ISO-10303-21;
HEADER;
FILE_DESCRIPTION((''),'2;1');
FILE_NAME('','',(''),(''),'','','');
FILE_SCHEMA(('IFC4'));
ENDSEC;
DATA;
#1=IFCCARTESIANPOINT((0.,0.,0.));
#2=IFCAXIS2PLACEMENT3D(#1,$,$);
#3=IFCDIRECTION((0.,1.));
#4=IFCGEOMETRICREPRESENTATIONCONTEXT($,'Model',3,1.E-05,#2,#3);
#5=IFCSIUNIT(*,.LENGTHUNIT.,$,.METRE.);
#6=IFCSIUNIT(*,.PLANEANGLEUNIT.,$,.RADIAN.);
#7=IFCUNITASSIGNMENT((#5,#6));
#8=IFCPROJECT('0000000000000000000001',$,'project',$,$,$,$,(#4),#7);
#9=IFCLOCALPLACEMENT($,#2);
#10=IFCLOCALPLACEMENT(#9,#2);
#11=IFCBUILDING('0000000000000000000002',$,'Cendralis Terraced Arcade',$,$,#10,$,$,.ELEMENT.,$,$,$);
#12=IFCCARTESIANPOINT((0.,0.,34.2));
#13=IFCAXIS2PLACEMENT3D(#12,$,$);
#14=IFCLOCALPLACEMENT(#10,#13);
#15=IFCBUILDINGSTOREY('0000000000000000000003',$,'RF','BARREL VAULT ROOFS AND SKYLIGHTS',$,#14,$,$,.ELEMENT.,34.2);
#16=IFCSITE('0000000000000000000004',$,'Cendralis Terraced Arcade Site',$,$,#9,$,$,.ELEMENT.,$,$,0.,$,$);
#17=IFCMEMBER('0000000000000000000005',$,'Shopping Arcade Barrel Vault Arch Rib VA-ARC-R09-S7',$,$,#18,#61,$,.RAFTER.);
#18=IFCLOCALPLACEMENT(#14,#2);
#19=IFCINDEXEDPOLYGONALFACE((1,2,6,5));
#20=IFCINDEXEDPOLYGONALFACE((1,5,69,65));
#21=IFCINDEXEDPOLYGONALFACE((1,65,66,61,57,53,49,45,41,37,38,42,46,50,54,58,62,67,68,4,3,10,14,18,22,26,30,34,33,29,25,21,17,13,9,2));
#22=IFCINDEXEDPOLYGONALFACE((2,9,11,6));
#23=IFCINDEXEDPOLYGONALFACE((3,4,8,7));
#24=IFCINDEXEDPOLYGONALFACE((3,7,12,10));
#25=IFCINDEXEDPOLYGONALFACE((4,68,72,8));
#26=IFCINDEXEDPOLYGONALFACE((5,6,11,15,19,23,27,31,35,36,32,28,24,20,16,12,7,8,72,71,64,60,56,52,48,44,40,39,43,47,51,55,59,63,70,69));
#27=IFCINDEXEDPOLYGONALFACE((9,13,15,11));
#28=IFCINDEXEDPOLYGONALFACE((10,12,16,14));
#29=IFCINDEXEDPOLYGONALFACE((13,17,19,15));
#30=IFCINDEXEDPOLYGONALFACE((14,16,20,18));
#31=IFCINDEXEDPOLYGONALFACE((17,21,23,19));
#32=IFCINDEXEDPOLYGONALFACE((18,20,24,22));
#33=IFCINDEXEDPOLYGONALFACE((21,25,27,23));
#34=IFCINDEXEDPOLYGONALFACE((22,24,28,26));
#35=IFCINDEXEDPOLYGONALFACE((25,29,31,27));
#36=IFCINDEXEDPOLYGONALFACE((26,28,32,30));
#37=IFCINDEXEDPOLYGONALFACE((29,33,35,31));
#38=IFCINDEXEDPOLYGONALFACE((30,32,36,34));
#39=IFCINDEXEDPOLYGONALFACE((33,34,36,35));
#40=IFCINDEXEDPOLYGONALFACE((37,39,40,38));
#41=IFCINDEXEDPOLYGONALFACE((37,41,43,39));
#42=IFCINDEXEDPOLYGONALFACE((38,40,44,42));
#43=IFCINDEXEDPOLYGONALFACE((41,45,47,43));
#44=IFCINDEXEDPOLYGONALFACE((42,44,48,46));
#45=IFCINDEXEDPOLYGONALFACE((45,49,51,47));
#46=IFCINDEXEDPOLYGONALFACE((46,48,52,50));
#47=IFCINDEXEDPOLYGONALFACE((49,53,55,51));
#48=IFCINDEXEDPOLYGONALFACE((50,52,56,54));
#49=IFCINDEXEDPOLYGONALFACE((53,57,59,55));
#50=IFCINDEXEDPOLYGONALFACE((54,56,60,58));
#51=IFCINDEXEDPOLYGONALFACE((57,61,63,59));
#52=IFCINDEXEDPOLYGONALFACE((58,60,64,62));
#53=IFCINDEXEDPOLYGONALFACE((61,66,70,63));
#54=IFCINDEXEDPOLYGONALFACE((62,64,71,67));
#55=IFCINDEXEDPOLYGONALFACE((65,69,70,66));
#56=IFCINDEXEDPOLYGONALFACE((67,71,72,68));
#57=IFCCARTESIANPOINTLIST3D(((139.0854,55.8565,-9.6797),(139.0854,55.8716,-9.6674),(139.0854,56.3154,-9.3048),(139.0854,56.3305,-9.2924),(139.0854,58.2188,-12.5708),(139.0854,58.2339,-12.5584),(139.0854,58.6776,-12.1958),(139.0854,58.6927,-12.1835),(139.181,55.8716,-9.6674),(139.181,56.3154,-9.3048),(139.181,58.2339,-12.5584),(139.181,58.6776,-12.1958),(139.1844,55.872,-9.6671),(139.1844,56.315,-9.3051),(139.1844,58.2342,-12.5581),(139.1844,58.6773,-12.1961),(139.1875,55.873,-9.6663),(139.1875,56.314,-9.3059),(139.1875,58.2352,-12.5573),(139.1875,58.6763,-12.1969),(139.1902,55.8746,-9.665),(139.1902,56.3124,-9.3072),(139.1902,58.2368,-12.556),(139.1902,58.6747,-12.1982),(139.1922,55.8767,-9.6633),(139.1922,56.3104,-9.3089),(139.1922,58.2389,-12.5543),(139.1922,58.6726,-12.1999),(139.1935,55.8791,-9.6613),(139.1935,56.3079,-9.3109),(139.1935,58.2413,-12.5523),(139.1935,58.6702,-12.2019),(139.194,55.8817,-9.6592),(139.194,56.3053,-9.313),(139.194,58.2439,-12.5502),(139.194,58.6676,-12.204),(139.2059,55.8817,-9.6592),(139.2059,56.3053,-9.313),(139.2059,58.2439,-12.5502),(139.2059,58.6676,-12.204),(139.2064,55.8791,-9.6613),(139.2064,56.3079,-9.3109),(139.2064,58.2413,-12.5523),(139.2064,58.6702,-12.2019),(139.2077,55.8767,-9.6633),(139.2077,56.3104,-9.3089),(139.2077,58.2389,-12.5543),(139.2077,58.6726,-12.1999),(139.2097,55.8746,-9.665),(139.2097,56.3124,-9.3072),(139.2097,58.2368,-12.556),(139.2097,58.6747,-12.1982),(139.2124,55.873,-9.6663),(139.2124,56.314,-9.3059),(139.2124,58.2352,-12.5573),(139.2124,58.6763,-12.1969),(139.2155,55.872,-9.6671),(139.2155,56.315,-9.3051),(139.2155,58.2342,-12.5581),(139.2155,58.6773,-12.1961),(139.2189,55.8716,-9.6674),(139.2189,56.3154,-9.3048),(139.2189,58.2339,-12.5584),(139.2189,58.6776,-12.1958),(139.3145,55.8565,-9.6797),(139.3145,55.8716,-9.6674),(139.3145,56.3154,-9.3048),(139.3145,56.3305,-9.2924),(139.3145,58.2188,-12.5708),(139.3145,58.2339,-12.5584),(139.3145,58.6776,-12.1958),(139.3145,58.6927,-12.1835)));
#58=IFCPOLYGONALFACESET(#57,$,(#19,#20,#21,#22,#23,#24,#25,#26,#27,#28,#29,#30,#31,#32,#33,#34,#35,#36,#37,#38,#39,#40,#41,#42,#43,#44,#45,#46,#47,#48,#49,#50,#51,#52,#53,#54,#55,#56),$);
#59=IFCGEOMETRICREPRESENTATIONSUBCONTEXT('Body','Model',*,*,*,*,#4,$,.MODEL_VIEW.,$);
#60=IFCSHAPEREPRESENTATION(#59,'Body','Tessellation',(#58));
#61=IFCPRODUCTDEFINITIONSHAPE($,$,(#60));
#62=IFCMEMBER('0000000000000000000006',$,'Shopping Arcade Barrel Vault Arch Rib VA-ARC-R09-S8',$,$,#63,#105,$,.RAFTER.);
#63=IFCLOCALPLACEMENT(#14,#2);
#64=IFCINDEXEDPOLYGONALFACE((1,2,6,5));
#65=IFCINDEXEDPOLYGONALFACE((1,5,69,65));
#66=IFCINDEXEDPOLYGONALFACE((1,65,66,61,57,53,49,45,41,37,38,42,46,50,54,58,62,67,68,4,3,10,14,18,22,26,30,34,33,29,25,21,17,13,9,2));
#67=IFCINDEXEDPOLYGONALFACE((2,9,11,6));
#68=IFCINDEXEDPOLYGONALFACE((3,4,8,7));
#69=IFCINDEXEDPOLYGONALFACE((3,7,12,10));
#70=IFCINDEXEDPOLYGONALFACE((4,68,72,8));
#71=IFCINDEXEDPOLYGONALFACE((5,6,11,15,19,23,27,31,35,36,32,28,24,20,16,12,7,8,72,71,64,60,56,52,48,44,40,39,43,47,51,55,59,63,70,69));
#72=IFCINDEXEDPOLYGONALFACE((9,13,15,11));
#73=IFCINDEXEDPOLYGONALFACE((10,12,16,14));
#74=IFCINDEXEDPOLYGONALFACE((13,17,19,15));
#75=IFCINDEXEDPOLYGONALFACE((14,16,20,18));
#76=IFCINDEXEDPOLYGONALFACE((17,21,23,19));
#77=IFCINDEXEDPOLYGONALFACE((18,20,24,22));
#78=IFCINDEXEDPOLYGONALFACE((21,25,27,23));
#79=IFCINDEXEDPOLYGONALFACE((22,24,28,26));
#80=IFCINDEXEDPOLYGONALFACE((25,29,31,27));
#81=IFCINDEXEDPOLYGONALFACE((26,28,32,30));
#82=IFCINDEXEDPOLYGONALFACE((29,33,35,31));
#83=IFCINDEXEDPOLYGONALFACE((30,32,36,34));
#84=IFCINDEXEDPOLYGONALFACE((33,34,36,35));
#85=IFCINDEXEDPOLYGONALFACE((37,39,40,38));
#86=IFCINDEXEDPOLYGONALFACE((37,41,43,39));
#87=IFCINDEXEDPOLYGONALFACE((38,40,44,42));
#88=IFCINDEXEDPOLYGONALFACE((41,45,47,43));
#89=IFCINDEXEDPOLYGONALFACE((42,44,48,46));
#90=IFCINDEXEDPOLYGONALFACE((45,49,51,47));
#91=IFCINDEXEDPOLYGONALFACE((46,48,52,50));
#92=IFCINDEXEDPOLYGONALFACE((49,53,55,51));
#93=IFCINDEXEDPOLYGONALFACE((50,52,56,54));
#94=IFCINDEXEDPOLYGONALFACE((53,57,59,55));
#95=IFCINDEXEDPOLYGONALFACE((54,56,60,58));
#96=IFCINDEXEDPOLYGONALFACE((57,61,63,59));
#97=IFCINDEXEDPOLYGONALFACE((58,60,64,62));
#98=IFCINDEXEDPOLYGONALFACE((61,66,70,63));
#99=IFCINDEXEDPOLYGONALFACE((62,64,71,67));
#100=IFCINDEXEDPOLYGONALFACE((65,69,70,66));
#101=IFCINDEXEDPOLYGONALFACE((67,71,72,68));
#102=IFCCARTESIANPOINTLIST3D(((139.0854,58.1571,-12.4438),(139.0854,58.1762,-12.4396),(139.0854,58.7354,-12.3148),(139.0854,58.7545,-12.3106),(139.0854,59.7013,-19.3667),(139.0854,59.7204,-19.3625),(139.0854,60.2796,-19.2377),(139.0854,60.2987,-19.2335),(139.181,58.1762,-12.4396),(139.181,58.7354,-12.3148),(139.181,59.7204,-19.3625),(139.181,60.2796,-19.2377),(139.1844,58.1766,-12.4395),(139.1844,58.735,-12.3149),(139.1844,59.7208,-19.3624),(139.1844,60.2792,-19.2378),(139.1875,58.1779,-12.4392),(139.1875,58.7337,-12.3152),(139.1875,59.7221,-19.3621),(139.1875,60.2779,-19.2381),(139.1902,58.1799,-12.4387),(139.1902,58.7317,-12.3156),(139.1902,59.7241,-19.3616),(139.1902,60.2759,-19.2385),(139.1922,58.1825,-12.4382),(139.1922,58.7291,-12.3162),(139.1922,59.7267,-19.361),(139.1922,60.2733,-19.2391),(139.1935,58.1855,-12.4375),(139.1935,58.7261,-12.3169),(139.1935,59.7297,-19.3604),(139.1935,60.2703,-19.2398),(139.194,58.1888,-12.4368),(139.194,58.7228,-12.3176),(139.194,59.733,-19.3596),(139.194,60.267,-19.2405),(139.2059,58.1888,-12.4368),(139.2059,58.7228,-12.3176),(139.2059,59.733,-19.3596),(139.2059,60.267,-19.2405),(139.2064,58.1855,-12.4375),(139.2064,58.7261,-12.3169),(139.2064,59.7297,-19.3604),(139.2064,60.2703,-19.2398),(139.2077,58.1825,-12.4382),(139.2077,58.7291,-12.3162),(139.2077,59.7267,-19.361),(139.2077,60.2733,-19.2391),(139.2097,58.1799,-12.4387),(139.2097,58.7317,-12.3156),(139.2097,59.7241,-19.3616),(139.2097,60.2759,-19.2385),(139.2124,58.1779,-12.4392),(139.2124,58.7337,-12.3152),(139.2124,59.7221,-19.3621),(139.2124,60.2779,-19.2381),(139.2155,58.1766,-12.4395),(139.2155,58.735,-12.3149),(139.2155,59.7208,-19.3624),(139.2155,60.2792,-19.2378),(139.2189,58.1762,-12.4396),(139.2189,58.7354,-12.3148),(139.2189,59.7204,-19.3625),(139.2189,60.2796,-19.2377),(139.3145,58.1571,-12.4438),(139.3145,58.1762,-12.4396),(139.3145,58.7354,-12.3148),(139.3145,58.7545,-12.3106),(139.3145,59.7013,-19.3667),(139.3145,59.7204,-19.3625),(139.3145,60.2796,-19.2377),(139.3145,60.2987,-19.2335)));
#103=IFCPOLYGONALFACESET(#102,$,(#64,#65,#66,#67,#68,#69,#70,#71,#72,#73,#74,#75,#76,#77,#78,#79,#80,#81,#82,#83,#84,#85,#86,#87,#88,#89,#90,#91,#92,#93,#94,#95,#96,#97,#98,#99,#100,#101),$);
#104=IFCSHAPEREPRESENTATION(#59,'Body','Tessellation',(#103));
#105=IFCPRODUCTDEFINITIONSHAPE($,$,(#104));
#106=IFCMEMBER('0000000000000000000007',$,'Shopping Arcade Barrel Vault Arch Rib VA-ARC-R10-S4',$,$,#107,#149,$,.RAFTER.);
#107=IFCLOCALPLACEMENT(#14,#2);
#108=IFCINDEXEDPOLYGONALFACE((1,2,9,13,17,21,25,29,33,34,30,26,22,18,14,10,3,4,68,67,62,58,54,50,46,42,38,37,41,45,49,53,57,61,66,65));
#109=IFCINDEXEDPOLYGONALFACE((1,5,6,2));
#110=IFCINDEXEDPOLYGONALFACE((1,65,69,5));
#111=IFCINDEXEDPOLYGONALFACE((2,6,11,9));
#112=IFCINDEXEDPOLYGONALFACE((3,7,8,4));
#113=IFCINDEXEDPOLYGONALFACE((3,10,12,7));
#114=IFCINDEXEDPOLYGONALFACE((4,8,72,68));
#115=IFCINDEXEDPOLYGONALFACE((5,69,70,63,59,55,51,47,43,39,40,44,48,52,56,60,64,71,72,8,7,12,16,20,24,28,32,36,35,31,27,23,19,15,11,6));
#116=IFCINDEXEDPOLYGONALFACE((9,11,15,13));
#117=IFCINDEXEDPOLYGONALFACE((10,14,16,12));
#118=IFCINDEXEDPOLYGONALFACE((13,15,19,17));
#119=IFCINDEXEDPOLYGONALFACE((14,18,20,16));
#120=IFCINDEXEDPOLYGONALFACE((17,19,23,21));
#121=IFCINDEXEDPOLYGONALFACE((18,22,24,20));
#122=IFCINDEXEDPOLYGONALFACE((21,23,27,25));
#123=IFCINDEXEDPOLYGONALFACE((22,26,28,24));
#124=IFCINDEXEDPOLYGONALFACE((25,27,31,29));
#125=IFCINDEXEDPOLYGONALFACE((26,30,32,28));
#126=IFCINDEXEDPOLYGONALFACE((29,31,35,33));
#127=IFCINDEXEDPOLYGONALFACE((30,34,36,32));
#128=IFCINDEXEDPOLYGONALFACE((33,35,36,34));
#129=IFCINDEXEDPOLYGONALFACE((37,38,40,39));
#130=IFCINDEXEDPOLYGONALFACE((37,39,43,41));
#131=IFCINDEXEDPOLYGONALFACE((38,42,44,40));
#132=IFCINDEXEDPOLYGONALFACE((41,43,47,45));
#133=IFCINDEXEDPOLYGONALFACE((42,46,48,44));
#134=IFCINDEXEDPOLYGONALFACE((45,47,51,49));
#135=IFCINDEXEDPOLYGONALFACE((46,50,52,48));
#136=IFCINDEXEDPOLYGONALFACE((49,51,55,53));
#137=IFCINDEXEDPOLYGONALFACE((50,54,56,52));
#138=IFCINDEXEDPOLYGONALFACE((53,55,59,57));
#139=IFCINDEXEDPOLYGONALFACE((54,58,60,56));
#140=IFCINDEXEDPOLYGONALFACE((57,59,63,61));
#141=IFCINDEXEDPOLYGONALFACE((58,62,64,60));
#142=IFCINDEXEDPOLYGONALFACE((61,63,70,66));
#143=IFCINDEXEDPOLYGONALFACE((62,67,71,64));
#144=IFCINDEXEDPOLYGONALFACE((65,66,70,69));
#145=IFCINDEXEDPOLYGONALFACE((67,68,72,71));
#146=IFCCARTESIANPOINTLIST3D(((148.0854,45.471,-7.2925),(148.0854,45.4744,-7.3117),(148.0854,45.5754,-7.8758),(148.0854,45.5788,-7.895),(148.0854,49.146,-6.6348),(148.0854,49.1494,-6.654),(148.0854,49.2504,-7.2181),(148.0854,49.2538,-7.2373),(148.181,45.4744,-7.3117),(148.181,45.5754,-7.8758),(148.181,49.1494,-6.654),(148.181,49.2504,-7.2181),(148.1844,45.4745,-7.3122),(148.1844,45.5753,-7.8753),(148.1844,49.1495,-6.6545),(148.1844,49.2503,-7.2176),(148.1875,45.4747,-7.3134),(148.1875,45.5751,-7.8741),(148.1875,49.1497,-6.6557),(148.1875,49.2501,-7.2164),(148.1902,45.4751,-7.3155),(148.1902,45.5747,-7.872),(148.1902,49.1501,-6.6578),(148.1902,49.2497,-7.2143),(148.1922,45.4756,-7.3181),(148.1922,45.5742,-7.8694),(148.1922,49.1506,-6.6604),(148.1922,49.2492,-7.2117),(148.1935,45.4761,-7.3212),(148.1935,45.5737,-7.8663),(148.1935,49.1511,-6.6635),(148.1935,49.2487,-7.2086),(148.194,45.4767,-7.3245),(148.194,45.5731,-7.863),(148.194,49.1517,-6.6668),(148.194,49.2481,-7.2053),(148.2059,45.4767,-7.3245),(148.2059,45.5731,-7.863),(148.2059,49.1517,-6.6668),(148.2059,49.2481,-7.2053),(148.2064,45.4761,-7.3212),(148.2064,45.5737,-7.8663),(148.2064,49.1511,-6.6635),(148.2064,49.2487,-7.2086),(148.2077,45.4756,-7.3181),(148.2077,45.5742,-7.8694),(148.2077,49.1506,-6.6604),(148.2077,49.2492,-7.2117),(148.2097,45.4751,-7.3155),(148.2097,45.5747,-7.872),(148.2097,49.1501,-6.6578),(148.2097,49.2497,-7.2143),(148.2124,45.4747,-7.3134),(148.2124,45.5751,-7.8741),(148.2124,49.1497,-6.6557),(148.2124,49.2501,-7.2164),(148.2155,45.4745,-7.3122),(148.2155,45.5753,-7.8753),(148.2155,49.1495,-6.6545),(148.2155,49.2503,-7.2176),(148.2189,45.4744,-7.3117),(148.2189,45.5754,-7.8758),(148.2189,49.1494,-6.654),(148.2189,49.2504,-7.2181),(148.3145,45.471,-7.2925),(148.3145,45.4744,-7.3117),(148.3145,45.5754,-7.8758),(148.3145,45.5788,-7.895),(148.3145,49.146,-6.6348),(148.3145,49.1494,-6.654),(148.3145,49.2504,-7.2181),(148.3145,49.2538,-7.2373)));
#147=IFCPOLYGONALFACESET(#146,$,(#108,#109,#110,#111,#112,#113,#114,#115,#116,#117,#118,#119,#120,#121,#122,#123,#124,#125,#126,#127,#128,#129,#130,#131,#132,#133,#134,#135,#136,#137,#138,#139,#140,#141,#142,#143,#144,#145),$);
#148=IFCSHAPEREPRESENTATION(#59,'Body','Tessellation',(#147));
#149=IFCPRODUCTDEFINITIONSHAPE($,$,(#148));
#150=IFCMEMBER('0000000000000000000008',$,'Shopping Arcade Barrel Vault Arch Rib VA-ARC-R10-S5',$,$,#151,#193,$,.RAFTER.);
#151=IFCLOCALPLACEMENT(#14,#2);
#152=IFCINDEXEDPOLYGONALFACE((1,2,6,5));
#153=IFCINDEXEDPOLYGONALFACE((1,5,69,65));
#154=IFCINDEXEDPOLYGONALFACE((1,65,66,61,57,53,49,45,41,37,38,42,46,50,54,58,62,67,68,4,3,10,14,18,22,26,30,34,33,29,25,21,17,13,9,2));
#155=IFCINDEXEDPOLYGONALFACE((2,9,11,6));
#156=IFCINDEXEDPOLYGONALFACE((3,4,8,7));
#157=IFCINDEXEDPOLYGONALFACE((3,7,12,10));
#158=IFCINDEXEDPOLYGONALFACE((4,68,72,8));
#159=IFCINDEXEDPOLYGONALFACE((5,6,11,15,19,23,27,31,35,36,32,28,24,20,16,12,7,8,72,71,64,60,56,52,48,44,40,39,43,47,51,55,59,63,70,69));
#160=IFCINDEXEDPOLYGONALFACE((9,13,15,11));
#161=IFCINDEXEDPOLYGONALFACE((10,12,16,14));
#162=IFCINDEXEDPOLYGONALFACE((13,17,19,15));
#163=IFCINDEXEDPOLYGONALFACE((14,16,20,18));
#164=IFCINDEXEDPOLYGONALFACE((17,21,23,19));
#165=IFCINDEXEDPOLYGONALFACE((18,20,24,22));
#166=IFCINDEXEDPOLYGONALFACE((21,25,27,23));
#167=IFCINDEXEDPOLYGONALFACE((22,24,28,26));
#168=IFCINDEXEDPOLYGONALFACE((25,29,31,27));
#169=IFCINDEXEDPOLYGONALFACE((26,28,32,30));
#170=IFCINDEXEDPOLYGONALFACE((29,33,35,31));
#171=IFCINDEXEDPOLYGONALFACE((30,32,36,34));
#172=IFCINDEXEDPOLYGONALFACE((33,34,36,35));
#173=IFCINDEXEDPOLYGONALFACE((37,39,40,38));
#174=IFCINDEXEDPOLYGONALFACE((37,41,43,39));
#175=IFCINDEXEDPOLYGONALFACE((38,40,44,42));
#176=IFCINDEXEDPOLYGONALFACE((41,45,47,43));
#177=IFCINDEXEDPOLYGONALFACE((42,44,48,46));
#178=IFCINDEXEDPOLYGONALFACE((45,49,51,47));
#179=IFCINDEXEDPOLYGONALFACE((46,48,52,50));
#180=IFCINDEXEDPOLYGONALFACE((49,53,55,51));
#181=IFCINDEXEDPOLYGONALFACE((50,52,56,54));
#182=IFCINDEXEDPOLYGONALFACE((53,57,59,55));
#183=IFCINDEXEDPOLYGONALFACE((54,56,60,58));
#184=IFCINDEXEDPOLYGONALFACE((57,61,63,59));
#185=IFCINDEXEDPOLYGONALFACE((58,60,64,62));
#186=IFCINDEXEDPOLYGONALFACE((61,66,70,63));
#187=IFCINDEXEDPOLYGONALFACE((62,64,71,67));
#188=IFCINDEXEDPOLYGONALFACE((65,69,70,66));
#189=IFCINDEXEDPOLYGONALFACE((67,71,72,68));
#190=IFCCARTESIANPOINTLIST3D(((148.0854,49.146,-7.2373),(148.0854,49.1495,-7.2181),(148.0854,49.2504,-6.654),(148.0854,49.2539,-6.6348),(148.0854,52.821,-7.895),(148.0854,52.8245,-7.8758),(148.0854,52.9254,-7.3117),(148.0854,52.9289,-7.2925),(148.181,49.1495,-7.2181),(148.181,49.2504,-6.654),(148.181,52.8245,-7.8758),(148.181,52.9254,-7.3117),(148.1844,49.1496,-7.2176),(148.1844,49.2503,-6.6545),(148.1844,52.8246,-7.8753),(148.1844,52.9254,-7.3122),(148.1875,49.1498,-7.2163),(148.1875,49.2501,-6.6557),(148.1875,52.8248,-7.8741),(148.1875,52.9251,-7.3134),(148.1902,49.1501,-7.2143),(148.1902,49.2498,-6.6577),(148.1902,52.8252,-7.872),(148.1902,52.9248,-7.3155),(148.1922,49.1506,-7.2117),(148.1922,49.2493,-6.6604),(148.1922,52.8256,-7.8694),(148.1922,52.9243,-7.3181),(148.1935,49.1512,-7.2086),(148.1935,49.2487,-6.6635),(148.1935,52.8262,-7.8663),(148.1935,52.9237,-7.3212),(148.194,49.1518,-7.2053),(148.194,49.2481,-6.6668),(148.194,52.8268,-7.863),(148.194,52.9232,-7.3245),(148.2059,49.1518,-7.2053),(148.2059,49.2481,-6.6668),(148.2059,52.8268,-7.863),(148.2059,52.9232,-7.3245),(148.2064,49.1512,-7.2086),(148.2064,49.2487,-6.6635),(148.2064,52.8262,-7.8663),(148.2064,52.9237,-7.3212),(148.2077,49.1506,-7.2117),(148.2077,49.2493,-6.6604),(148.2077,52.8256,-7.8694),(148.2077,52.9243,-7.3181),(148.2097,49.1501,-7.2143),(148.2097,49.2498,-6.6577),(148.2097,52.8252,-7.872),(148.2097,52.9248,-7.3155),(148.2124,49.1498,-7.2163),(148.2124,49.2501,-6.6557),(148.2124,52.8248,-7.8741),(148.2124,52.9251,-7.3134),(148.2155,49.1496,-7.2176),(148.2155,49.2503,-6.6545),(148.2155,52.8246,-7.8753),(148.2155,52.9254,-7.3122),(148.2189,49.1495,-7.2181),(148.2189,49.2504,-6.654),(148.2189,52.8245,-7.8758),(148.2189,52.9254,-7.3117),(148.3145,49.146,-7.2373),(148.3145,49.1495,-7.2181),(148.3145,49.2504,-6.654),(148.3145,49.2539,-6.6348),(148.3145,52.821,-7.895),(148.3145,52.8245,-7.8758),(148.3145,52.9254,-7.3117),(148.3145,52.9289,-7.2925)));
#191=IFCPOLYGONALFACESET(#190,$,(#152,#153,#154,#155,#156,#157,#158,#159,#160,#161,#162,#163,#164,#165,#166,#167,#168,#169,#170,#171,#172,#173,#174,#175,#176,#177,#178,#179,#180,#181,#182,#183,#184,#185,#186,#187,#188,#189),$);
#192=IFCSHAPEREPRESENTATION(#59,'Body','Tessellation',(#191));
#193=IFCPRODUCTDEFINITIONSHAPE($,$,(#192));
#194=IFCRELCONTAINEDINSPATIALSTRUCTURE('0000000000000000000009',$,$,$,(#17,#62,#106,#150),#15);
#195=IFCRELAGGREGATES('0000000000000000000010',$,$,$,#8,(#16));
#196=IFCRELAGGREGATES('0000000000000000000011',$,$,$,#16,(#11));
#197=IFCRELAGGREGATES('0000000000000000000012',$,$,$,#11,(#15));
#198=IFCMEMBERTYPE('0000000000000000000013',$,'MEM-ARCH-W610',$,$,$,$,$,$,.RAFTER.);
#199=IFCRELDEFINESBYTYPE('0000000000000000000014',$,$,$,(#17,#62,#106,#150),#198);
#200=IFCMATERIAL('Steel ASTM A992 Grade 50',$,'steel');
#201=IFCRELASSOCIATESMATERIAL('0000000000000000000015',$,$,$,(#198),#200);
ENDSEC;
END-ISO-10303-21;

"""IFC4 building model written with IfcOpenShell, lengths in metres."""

from ifc_helpers import new_model, si_unit, direction, frame, origin, origin_2d, place, context, subcontext, project, spatial, i_section, extrude, material, material_profile, profile_set, type_object, element, save


model = new_model("IFC4")

# Units and contexts
model_context = context("Model", 3, precision=1e-05, world=origin(), true_north=direction((0.0, 1.0)))
body_context = subcontext(model_context, "Body", "Model", "MODEL_VIEW")
ifc_project = project(units=[si_unit("LENGTHUNIT", "METRE"), si_unit("PLANEANGLEUNIT", "RADIAN")], contexts=[model_context])

# Site, building, storey
site_placement = place(None, origin())
site = spatial("IfcSite", under=ifc_project, at=site_placement, Name="Cendralis Terraced Arcade Site", CompositionType="ELEMENT", RefElevation=0.0)
building_placement = place(site_placement, origin())
building = spatial("IfcBuilding", under=site, at=building_placement, Name="Cendralis Terraced Arcade", CompositionType="ELEMENT")
storey_placement = place(building_placement, frame((0.0, 0.0, 34.2)))
storey = spatial("IfcBuildingStorey", under=building, at=storey_placement, Name="RF", Description="BARREL VAULT ROOFS AND SKYLIGHTS", CompositionType="ELEMENT", Elevation=34.2)

# Members
ifc_material_1 = material(Name="Steel ASTM A992 Grade 50", Category="steel")
ifc_material_profile_1 = material_profile(ifc_material_1, i_section(OverallWidth=0.229, OverallDepth=0.6121, WebThickness=0.012, FlangeThickness=0.0195, FilletRadius=0.0129, at=origin_2d()), Name="W610X125", Category="LoadBearing")
ifc_profile_set_1 = profile_set([ifc_material_profile_1], Name="Steel ASTM A992 Grade 50")
member_type_1 = type_object("IfcMemberType", Name="MEM-ARCH-W610", PredefinedType="RAFTER", material=ifc_profile_set_1)
member_1_placement = place(storey_placement, frame((139.2, 56.0935, -9.4861), z_axis=(0.0, 0.632732, -0.774371), x_axis=(-1.0, 0.0, 0.0)))
element("IfcMember", 1, at=member_1_placement, inside=storey, type_object=member_type_1, Name="Shopping Arcade Barrel Vault Arch Rib VA-ARC-R09-S7", PredefinedType="RAFTER", context=body_context, shape_type="SweptSolid", body=[
    extrude(i_section(OverallWidth=0.229, OverallDepth=0.6121, WebThickness=0.012, FlangeThickness=0.0195, FilletRadius=0.0129, at=origin_2d()), origin(), (0.0, 0.0, 1.0), 3.7334),
])
member_2_placement = place(storey_placement, frame((139.2, 58.4558, -12.3772), z_axis=(0.0, 0.217707, -0.976014), x_axis=(-1.0, 0.0, 0.0)))
element("IfcMember", 2, at=member_2_placement, inside=storey, type_object=member_type_1, Name="Shopping Arcade Barrel Vault Arch Rib VA-ARC-R09-S8", PredefinedType="RAFTER", context=body_context, shape_type="SweptSolid", body=[
    extrude(i_section(OverallWidth=0.229, OverallDepth=0.6121, WebThickness=0.012, FlangeThickness=0.0195, FilletRadius=0.0129, at=origin_2d()), origin(), (0.0, 0.0, 1.0), 7.093),
])
for number, where, z_axis, x_axis, name in (
    (3, (148.2, 45.5249, -7.5938), (0.0, 0.98436, 0.176169), (-1.0, 0.0, 0.0), "Shopping Arcade Barrel Vault Arch Rib VA-ARC-R10-S4"),
    (4, (148.2, 49.2, -6.936), (0.0, 0.98436, -0.176169), (-1.0, 0.0, 0.0), "Shopping Arcade Barrel Vault Arch Rib VA-ARC-R10-S5"),
):
    element("IfcMember", number, at=place(storey_placement, frame(where, z_axis=z_axis, x_axis=x_axis)), inside=storey, type_object=member_type_1, Name=name, PredefinedType="RAFTER", context=body_context, shape_type="SweptSolid", body=[
        extrude(i_section(OverallWidth=0.229, OverallDepth=0.6121, WebThickness=0.012, FlangeThickness=0.0195, FilletRadius=0.0129, at=origin_2d()), origin(), (0.0, 0.0, 1.0), 3.7334),
    ])

save(model, "model.ifc")
